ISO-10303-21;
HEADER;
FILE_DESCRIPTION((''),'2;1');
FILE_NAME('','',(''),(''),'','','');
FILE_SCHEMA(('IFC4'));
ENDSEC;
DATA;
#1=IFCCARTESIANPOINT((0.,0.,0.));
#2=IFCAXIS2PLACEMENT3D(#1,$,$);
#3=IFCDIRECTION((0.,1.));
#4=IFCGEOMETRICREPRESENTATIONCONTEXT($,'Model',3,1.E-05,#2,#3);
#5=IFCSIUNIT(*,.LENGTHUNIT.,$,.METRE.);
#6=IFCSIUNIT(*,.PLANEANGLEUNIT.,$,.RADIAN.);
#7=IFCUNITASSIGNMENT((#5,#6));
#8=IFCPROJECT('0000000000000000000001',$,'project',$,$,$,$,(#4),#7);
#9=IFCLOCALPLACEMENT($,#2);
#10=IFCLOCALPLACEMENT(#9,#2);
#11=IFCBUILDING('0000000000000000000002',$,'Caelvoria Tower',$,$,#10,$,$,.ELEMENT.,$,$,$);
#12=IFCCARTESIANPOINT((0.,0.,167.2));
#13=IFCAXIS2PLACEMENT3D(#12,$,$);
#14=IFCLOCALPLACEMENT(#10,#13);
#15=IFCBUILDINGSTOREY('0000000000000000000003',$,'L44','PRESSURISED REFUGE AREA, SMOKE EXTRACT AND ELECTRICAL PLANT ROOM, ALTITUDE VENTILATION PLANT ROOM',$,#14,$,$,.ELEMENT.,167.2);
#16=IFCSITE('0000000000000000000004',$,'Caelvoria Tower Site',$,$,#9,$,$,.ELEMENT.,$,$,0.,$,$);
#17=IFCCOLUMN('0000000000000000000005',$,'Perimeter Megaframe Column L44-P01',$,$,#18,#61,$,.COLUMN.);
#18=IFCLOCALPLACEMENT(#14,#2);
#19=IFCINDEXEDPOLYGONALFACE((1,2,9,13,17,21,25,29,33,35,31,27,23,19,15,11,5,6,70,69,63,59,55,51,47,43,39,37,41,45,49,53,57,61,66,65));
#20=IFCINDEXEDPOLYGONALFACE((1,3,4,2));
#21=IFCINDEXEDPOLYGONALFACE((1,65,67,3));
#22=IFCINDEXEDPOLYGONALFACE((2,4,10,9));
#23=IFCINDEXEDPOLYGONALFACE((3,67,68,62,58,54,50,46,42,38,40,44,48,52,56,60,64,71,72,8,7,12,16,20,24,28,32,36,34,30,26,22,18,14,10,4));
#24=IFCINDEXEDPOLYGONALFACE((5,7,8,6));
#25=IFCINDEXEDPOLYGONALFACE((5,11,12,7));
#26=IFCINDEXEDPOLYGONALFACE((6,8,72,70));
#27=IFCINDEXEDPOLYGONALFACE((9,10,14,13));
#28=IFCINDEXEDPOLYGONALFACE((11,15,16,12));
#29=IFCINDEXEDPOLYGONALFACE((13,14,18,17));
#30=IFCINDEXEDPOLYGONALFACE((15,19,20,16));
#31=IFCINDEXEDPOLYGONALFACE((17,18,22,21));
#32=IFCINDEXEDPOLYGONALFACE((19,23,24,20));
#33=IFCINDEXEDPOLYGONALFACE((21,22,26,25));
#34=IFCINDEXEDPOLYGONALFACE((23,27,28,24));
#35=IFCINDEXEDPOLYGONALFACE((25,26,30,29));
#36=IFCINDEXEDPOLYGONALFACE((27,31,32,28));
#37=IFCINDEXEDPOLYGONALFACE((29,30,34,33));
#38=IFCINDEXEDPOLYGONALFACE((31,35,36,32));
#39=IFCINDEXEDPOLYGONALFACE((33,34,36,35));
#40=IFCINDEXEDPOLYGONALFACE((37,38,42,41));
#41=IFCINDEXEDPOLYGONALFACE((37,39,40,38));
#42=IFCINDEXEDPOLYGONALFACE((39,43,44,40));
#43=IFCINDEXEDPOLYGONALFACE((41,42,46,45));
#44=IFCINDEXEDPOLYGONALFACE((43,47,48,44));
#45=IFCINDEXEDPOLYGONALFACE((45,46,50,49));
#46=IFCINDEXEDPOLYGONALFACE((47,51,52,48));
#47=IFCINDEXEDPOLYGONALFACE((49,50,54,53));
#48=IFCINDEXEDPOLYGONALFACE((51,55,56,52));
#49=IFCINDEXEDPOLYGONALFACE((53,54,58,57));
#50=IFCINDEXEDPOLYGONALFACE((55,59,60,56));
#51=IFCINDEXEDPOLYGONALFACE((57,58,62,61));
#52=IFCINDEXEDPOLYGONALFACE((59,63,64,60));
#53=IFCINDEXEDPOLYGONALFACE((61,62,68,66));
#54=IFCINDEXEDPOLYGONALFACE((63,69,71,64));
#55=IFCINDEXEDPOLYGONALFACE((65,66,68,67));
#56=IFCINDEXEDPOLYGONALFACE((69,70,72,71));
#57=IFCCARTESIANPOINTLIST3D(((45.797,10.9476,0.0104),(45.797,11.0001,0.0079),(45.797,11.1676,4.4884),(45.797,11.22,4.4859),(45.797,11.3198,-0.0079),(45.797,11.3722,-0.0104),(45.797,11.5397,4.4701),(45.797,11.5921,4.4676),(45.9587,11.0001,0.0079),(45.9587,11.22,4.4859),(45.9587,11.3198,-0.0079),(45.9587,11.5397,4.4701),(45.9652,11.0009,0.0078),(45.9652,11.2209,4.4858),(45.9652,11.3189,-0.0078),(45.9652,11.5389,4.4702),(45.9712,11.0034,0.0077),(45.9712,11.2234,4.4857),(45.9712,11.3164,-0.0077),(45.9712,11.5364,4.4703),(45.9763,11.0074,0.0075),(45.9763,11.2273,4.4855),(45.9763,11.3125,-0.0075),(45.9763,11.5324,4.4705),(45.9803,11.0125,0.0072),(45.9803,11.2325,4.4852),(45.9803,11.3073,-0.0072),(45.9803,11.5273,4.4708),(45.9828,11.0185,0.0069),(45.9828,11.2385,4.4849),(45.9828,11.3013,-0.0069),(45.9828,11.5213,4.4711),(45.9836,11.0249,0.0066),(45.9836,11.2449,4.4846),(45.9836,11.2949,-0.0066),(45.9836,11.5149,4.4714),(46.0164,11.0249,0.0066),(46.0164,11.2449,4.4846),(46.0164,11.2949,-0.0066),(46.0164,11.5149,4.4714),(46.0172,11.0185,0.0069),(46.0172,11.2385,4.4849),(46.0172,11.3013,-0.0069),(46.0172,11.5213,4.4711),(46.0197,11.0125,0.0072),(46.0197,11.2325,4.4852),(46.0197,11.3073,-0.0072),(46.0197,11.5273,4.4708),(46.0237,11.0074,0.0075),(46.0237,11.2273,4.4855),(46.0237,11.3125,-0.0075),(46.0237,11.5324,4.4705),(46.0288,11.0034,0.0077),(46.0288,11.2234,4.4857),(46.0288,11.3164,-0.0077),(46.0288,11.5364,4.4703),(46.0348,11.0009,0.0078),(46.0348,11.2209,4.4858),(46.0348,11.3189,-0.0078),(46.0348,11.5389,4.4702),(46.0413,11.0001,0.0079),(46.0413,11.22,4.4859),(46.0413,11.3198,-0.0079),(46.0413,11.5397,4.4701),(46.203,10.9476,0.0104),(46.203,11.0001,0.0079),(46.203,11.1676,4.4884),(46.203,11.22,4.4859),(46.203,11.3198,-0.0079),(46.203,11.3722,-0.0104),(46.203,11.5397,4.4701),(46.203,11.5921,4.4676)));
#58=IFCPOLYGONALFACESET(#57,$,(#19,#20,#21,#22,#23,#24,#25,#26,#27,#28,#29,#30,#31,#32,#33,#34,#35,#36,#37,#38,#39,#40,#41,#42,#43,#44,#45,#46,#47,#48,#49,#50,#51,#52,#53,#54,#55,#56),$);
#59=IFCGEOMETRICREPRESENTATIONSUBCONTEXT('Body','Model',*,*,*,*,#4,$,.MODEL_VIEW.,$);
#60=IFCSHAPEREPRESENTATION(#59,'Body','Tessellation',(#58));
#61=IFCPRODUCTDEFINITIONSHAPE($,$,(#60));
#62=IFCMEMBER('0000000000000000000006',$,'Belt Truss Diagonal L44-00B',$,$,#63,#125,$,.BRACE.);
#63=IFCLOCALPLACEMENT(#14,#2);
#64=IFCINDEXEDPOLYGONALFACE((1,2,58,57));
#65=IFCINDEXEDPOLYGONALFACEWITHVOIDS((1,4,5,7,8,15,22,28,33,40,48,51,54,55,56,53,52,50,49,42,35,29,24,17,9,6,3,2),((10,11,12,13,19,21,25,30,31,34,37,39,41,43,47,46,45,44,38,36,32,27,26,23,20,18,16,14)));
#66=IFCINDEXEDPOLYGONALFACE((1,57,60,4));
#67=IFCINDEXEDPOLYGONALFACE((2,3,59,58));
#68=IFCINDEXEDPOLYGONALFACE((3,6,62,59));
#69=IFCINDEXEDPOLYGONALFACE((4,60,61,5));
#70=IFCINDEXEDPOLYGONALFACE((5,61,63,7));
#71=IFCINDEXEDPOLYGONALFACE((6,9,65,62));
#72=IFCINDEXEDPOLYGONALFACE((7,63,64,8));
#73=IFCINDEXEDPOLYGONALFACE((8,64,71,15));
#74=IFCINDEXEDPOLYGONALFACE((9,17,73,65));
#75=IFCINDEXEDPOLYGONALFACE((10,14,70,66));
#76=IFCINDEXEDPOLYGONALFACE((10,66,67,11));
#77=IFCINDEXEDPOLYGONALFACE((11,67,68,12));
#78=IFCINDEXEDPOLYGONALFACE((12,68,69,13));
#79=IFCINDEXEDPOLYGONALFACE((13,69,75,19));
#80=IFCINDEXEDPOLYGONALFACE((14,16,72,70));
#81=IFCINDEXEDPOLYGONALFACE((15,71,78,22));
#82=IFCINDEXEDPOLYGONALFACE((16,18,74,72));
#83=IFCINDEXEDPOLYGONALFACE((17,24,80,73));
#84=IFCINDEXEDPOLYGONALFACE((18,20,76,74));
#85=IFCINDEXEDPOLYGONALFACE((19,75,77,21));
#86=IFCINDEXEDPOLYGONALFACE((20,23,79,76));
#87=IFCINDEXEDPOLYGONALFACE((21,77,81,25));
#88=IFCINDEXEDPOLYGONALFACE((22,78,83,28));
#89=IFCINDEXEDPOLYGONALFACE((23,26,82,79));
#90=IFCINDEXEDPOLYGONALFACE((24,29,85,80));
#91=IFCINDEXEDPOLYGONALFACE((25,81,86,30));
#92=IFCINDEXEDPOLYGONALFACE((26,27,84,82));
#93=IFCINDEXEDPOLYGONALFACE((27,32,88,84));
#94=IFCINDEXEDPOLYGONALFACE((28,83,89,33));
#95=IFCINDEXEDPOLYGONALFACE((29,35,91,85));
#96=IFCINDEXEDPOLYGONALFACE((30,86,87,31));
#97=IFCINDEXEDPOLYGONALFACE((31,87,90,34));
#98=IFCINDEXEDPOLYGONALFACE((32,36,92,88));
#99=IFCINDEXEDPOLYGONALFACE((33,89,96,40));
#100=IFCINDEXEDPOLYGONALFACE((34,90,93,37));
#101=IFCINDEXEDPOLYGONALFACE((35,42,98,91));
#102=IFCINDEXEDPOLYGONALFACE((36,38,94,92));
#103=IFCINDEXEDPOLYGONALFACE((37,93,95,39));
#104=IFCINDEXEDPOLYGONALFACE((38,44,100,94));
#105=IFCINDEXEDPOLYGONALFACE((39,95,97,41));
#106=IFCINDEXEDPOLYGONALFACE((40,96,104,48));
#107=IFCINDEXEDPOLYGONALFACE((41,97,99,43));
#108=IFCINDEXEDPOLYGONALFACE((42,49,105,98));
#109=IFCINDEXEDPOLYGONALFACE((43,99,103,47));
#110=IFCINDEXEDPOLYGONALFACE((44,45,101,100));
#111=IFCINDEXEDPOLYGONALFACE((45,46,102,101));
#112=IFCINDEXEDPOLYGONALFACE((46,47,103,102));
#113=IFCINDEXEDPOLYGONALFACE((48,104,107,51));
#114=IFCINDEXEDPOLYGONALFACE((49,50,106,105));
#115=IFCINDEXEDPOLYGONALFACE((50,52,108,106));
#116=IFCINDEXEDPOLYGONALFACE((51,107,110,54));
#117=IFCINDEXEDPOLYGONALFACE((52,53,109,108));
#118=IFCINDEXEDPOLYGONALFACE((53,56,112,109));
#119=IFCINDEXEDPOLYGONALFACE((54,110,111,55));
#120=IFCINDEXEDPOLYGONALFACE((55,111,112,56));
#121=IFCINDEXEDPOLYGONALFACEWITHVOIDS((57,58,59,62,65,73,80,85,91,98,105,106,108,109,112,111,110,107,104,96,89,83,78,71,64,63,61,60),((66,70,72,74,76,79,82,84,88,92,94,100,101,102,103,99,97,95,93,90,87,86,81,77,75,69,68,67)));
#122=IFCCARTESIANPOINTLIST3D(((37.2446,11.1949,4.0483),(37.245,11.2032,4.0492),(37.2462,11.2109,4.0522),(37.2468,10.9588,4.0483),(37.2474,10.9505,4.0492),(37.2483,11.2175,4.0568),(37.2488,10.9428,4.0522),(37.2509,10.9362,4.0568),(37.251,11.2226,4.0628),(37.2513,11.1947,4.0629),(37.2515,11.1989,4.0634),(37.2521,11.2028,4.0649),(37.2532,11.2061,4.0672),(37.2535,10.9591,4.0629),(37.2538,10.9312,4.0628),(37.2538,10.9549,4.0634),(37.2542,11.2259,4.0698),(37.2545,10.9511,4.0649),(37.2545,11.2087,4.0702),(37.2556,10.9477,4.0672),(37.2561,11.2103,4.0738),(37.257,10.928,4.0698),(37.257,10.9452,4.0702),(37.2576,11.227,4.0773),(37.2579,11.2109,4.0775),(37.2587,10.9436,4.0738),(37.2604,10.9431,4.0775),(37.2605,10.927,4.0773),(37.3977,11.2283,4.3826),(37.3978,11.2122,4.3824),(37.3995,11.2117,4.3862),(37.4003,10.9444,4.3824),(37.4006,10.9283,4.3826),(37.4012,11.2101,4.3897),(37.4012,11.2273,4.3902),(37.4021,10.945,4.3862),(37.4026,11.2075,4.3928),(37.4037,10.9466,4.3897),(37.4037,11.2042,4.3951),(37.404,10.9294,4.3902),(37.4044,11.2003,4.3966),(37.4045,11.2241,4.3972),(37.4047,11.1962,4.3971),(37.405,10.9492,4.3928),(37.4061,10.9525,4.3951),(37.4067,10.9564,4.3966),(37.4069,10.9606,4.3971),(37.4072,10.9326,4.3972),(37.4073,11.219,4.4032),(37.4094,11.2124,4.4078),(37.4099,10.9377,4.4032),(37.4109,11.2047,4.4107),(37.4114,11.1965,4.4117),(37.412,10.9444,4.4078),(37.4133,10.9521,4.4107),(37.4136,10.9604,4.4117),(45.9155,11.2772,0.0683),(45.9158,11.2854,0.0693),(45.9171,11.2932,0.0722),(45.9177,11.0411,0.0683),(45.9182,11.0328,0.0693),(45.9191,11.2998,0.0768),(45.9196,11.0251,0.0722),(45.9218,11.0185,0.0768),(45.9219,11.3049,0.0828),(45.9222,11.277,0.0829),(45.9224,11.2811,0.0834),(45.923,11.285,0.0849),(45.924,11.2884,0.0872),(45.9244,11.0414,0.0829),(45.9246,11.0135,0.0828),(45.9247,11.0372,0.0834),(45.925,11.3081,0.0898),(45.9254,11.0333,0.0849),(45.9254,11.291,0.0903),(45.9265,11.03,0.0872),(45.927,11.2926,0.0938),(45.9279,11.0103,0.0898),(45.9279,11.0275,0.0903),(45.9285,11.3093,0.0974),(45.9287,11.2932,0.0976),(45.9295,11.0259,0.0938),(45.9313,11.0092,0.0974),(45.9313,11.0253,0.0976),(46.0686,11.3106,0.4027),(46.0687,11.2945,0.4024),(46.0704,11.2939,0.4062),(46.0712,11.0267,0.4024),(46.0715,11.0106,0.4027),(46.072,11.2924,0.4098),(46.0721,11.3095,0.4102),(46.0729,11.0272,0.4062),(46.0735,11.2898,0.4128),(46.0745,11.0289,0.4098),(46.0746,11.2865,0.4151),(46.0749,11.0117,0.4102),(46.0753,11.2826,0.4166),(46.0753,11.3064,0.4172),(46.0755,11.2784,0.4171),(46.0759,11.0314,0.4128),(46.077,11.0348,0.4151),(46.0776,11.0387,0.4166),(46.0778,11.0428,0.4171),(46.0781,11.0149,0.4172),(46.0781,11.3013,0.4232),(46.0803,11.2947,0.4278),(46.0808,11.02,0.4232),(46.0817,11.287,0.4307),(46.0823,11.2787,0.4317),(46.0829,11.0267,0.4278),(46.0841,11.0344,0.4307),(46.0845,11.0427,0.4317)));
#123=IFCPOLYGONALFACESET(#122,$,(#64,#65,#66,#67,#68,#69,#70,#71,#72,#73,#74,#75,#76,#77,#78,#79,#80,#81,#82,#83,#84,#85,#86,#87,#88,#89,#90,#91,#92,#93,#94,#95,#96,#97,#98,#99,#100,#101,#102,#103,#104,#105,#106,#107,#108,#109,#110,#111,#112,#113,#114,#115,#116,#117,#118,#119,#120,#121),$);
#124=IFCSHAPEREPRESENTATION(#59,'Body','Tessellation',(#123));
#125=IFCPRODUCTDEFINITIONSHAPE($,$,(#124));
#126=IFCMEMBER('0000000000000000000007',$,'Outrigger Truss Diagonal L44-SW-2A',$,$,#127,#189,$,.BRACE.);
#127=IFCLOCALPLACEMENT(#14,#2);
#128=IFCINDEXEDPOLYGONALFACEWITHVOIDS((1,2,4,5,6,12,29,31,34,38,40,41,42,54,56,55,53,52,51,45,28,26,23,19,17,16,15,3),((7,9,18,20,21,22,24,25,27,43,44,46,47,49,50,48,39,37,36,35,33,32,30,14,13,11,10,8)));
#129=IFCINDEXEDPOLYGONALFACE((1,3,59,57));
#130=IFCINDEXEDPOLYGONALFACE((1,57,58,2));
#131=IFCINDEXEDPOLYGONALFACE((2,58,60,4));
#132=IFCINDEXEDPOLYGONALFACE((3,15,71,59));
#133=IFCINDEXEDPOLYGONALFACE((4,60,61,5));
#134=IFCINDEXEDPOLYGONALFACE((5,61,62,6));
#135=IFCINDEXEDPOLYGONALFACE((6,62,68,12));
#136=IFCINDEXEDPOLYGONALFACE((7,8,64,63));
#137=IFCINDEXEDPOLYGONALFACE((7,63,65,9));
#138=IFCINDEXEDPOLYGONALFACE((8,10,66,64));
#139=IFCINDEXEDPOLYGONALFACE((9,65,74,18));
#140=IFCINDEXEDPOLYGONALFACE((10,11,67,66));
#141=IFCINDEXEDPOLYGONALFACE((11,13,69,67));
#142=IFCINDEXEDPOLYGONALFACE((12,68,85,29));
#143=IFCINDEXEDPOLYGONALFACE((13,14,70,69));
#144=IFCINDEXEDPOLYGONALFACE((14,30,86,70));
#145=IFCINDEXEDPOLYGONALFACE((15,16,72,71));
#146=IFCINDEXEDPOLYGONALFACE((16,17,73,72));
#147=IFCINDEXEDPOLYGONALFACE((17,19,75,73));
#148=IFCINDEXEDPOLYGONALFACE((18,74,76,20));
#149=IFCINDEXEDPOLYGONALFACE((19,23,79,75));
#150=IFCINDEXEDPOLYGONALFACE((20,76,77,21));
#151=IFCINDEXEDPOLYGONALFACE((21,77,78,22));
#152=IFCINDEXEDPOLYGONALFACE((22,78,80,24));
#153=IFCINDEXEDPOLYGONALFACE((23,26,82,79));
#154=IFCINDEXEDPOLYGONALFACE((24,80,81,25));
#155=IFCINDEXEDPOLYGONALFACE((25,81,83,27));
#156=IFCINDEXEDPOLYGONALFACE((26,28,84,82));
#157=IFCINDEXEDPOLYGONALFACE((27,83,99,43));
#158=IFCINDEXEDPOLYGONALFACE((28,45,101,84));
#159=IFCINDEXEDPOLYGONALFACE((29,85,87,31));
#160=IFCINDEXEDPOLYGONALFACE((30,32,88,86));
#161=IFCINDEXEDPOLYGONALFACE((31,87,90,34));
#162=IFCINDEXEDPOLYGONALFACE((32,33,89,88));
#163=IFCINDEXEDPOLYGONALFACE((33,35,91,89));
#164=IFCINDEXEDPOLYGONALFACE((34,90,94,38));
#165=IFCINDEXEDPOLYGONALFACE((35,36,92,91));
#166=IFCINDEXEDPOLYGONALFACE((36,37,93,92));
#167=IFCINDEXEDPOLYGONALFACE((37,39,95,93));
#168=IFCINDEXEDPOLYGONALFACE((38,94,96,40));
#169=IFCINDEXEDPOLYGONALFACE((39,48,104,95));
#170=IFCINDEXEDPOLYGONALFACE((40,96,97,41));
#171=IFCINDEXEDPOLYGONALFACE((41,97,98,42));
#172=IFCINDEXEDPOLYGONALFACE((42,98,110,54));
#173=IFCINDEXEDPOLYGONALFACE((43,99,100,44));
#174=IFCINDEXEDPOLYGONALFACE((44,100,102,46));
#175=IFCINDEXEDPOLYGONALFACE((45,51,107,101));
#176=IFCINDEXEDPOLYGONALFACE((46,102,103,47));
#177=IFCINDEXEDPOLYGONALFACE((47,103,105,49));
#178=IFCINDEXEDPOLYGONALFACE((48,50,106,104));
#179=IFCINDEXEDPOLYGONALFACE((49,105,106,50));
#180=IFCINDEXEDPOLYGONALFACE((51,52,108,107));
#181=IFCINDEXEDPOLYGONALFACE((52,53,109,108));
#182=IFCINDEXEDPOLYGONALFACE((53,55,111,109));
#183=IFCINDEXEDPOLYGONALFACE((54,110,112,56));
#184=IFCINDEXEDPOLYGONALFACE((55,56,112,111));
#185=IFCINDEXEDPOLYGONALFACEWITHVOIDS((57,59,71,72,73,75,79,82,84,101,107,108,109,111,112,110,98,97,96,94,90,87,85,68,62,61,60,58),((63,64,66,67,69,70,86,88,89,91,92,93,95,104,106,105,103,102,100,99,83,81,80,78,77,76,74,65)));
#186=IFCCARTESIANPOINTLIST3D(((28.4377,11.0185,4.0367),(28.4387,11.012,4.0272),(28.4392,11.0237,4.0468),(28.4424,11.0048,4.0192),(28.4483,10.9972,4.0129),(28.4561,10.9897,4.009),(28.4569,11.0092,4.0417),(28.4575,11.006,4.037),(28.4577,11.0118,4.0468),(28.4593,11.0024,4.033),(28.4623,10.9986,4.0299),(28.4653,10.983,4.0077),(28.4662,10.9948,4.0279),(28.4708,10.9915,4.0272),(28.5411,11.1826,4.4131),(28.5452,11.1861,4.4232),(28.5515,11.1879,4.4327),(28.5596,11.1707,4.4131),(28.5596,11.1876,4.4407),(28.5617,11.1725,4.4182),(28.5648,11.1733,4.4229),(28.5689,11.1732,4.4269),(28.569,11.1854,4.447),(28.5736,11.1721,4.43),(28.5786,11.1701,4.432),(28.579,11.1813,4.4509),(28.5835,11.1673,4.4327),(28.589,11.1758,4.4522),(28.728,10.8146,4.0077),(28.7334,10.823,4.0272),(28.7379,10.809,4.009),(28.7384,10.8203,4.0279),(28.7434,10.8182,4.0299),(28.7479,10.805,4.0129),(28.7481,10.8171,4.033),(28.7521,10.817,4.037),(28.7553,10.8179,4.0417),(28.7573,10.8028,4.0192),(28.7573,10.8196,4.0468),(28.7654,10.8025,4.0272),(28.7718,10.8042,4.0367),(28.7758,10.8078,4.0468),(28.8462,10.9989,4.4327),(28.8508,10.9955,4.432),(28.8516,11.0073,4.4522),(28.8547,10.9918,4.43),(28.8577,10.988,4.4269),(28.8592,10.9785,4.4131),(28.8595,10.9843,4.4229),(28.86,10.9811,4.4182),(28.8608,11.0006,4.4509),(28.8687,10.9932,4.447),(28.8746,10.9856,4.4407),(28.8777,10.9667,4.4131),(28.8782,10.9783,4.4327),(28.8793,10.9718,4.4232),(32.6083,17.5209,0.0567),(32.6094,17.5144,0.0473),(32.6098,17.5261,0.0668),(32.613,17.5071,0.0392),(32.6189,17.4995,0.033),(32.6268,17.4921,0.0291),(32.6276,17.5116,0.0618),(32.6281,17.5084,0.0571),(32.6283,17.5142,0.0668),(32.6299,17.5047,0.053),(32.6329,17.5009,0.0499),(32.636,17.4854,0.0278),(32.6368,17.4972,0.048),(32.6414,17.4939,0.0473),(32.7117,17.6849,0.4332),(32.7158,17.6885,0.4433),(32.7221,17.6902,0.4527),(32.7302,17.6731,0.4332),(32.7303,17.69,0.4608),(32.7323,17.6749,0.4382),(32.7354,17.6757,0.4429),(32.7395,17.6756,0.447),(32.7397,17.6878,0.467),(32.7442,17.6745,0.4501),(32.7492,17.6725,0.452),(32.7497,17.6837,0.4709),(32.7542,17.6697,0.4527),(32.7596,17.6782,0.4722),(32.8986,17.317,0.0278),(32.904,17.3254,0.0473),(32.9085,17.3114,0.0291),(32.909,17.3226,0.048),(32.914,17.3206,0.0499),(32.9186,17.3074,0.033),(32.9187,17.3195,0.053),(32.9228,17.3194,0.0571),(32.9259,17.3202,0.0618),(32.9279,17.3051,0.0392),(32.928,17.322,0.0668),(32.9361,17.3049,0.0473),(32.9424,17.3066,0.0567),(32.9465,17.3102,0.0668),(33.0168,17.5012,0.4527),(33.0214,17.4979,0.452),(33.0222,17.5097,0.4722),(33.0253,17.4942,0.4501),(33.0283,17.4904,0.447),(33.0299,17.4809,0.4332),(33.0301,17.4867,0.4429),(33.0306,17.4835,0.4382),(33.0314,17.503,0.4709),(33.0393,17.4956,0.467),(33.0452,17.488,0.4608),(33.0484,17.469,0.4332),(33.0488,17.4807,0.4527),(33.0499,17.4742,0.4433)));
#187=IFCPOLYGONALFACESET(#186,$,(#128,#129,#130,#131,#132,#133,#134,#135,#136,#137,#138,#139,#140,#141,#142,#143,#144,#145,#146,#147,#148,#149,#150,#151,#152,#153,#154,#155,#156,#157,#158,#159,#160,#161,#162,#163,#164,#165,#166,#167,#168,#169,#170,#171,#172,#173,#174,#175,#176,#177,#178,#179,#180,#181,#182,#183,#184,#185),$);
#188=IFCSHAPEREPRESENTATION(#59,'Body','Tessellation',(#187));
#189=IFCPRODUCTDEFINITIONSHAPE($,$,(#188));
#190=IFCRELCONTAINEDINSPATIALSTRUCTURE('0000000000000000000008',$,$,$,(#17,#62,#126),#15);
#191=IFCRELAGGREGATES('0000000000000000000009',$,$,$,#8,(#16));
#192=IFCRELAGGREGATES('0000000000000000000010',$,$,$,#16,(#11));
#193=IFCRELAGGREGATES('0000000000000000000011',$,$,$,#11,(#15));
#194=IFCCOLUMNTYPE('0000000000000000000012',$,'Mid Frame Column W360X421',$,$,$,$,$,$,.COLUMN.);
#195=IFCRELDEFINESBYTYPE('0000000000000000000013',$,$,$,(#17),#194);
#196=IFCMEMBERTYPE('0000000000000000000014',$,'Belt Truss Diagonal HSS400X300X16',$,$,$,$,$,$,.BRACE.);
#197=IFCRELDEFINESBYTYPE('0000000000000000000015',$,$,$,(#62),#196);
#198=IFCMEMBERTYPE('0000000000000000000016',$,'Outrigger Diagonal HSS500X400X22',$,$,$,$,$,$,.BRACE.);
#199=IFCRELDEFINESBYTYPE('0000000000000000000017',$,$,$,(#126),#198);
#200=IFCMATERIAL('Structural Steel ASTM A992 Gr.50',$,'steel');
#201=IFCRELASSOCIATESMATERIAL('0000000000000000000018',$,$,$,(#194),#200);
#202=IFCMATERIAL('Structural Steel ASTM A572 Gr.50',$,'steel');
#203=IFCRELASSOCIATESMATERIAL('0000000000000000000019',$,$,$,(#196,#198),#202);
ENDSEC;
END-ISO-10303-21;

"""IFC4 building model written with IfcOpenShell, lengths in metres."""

from ifc_helpers import new_model, si_unit, direction, frame, origin, origin_2d, place, context, subcontext, project, spatial, hollow_rectangle, i_section, extrude, material, material_profile, profile_set, type_object, element, save


model = new_model("IFC4")

# Units and contexts
model_context = context("Model", 3, precision=1e-05, world=origin(), true_north=direction((0.0, 1.0)))
body_context = subcontext(model_context, "Body", "Model", "MODEL_VIEW")
ifc_project = project(units=[si_unit("LENGTHUNIT", "METRE"), si_unit("PLANEANGLEUNIT", "RADIAN")], contexts=[model_context])

# Site, building, storey
site_placement = place(None, origin())
site = spatial("IfcSite", under=ifc_project, at=site_placement, Name="Caelvoria Tower Site", CompositionType="ELEMENT", RefElevation=0.0)
building_placement = place(site_placement, origin())
building = spatial("IfcBuilding", under=site, at=building_placement, Name="Caelvoria Tower", CompositionType="ELEMENT")
storey_placement = place(building_placement, frame((0.0, 0.0, 167.2)))
storey = spatial("IfcBuildingStorey", under=building, at=storey_placement, Name="L44", Description="PRESSURISED REFUGE AREA, SMOKE EXTRACT AND ELECTRICAL PLANT ROOM, ALTITUDE VENTILATION PLANT ROOM", CompositionType="ELEMENT", Elevation=167.2)

# Column
ifc_material_1 = material(Name="Structural Steel ASTM A992 Gr.50", Category="steel")
ifc_material_profile_1 = material_profile(ifc_material_1, i_section(OverallWidth=0.406, OverallDepth=0.425, WebThickness=0.0327, FlangeThickness=0.0525, FilletRadius=0.0249, at=origin_2d()), Name="Structural Steel ASTM A992 Gr.50")
ifc_profile_set_1 = profile_set([ifc_material_profile_1], Name="W360X421 - Structural Steel ASTM A992 Gr.50")
column_type = type_object("IfcColumnType", Name="Mid Frame Column W360X421", PredefinedType="COLUMN", material=ifc_profile_set_1)
column_placement = place(storey_placement, frame((46.0, 11.1599, 0.0), z_axis=(0.0, 0.049063, 0.998796), x_axis=(-1.0, 0.0, 0.0)))
element("IfcColumn", 1, at=column_placement, inside=storey, type_object=column_type, Name="Perimeter Megaframe Column L44-P01", PredefinedType="COLUMN", context=body_context, shape_type="SweptSolid", body=[
    extrude(i_section(OverallWidth=0.406, OverallDepth=0.425, WebThickness=0.0327, FlangeThickness=0.0525, FilletRadius=0.0249, at=origin_2d()), origin(), (0.0, 0.0, 1.0), 4.4834),
])

# Members
ifc_material_2 = material(Name="Structural Steel ASTM A572 Gr.50", Category="steel")
ifc_material_profile_2 = material_profile(ifc_material_2, hollow_rectangle(XDim=0.3, YDim=0.3999, WallThickness=0.0161, InnerFilletRadius=0.0161, OuterFilletRadius=0.032, at=origin_2d()), Name="Structural Steel ASTM A572 Gr.50")
ifc_profile_set_2 = profile_set([ifc_material_profile_2], Name="HSS400X300X16 - Structural Steel ASTM A572 Gr.50")
member_type_1 = type_object("IfcMemberType", Name="Belt Truss Diagonal HSS400X300X16", PredefinedType="BRACE", material=ifc_profile_set_2)
member_1_placement = place(storey_placement, frame((37.3291, 11.0776, 4.23), z_axis=(0.9088, 0.008623, -0.417143), x_axis=(-0.009488, 0.999955, 0.0)))
element("IfcMember", 2, at=member_1_placement, inside=storey, type_object=member_type_1, Name="Belt Truss Diagonal L44-00B", PredefinedType="BRACE", context=body_context, shape_type="SweptSolid", body=[
    extrude(hollow_rectangle(XDim=0.3, YDim=0.3999, WallThickness=0.0161, InnerFilletRadius=0.0161, OuterFilletRadius=0.032, at=origin_2d()), origin(), (0.0, 0.0, 1.0), 9.541),
])
ifc_material_profile_3 = material_profile(ifc_material_2, hollow_rectangle(XDim=0.3999, YDim=0.5, WallThickness=0.022, InnerFilletRadius=0.022, OuterFilletRadius=0.0439, at=origin_2d()), Name="Structural Steel ASTM A572 Gr.50")
ifc_profile_set_3 = profile_set([ifc_material_profile_3], Name="HSS500X400X22 - Structural Steel ASTM A572 Gr.50")
member_type_2 = type_object("IfcMemberType", Name="Outrigger Diagonal HSS500X400X22", PredefinedType="BRACE", material=ifc_profile_set_3)
member_2_placement = place(storey_placement, frame((32.8291, 17.4976, 0.25), z_axis=(-0.479936, -0.748266, 0.457995), x_axis=(0.841737, -0.539888, 0.0)))
element("IfcMember", 3, at=member_2_placement, inside=storey, type_object=member_type_2, Name="Outrigger Truss Diagonal L44-SW-2A", PredefinedType="BRACE", context=body_context, shape_type="SweptSolid", body=[
    extrude(hollow_rectangle(XDim=0.3999, YDim=0.5, WallThickness=0.022, InnerFilletRadius=0.022, OuterFilletRadius=0.0439, at=origin_2d()), origin(), (0.0, 0.0, 1.0), 8.6899),
])

save(model, "model.ifc")
